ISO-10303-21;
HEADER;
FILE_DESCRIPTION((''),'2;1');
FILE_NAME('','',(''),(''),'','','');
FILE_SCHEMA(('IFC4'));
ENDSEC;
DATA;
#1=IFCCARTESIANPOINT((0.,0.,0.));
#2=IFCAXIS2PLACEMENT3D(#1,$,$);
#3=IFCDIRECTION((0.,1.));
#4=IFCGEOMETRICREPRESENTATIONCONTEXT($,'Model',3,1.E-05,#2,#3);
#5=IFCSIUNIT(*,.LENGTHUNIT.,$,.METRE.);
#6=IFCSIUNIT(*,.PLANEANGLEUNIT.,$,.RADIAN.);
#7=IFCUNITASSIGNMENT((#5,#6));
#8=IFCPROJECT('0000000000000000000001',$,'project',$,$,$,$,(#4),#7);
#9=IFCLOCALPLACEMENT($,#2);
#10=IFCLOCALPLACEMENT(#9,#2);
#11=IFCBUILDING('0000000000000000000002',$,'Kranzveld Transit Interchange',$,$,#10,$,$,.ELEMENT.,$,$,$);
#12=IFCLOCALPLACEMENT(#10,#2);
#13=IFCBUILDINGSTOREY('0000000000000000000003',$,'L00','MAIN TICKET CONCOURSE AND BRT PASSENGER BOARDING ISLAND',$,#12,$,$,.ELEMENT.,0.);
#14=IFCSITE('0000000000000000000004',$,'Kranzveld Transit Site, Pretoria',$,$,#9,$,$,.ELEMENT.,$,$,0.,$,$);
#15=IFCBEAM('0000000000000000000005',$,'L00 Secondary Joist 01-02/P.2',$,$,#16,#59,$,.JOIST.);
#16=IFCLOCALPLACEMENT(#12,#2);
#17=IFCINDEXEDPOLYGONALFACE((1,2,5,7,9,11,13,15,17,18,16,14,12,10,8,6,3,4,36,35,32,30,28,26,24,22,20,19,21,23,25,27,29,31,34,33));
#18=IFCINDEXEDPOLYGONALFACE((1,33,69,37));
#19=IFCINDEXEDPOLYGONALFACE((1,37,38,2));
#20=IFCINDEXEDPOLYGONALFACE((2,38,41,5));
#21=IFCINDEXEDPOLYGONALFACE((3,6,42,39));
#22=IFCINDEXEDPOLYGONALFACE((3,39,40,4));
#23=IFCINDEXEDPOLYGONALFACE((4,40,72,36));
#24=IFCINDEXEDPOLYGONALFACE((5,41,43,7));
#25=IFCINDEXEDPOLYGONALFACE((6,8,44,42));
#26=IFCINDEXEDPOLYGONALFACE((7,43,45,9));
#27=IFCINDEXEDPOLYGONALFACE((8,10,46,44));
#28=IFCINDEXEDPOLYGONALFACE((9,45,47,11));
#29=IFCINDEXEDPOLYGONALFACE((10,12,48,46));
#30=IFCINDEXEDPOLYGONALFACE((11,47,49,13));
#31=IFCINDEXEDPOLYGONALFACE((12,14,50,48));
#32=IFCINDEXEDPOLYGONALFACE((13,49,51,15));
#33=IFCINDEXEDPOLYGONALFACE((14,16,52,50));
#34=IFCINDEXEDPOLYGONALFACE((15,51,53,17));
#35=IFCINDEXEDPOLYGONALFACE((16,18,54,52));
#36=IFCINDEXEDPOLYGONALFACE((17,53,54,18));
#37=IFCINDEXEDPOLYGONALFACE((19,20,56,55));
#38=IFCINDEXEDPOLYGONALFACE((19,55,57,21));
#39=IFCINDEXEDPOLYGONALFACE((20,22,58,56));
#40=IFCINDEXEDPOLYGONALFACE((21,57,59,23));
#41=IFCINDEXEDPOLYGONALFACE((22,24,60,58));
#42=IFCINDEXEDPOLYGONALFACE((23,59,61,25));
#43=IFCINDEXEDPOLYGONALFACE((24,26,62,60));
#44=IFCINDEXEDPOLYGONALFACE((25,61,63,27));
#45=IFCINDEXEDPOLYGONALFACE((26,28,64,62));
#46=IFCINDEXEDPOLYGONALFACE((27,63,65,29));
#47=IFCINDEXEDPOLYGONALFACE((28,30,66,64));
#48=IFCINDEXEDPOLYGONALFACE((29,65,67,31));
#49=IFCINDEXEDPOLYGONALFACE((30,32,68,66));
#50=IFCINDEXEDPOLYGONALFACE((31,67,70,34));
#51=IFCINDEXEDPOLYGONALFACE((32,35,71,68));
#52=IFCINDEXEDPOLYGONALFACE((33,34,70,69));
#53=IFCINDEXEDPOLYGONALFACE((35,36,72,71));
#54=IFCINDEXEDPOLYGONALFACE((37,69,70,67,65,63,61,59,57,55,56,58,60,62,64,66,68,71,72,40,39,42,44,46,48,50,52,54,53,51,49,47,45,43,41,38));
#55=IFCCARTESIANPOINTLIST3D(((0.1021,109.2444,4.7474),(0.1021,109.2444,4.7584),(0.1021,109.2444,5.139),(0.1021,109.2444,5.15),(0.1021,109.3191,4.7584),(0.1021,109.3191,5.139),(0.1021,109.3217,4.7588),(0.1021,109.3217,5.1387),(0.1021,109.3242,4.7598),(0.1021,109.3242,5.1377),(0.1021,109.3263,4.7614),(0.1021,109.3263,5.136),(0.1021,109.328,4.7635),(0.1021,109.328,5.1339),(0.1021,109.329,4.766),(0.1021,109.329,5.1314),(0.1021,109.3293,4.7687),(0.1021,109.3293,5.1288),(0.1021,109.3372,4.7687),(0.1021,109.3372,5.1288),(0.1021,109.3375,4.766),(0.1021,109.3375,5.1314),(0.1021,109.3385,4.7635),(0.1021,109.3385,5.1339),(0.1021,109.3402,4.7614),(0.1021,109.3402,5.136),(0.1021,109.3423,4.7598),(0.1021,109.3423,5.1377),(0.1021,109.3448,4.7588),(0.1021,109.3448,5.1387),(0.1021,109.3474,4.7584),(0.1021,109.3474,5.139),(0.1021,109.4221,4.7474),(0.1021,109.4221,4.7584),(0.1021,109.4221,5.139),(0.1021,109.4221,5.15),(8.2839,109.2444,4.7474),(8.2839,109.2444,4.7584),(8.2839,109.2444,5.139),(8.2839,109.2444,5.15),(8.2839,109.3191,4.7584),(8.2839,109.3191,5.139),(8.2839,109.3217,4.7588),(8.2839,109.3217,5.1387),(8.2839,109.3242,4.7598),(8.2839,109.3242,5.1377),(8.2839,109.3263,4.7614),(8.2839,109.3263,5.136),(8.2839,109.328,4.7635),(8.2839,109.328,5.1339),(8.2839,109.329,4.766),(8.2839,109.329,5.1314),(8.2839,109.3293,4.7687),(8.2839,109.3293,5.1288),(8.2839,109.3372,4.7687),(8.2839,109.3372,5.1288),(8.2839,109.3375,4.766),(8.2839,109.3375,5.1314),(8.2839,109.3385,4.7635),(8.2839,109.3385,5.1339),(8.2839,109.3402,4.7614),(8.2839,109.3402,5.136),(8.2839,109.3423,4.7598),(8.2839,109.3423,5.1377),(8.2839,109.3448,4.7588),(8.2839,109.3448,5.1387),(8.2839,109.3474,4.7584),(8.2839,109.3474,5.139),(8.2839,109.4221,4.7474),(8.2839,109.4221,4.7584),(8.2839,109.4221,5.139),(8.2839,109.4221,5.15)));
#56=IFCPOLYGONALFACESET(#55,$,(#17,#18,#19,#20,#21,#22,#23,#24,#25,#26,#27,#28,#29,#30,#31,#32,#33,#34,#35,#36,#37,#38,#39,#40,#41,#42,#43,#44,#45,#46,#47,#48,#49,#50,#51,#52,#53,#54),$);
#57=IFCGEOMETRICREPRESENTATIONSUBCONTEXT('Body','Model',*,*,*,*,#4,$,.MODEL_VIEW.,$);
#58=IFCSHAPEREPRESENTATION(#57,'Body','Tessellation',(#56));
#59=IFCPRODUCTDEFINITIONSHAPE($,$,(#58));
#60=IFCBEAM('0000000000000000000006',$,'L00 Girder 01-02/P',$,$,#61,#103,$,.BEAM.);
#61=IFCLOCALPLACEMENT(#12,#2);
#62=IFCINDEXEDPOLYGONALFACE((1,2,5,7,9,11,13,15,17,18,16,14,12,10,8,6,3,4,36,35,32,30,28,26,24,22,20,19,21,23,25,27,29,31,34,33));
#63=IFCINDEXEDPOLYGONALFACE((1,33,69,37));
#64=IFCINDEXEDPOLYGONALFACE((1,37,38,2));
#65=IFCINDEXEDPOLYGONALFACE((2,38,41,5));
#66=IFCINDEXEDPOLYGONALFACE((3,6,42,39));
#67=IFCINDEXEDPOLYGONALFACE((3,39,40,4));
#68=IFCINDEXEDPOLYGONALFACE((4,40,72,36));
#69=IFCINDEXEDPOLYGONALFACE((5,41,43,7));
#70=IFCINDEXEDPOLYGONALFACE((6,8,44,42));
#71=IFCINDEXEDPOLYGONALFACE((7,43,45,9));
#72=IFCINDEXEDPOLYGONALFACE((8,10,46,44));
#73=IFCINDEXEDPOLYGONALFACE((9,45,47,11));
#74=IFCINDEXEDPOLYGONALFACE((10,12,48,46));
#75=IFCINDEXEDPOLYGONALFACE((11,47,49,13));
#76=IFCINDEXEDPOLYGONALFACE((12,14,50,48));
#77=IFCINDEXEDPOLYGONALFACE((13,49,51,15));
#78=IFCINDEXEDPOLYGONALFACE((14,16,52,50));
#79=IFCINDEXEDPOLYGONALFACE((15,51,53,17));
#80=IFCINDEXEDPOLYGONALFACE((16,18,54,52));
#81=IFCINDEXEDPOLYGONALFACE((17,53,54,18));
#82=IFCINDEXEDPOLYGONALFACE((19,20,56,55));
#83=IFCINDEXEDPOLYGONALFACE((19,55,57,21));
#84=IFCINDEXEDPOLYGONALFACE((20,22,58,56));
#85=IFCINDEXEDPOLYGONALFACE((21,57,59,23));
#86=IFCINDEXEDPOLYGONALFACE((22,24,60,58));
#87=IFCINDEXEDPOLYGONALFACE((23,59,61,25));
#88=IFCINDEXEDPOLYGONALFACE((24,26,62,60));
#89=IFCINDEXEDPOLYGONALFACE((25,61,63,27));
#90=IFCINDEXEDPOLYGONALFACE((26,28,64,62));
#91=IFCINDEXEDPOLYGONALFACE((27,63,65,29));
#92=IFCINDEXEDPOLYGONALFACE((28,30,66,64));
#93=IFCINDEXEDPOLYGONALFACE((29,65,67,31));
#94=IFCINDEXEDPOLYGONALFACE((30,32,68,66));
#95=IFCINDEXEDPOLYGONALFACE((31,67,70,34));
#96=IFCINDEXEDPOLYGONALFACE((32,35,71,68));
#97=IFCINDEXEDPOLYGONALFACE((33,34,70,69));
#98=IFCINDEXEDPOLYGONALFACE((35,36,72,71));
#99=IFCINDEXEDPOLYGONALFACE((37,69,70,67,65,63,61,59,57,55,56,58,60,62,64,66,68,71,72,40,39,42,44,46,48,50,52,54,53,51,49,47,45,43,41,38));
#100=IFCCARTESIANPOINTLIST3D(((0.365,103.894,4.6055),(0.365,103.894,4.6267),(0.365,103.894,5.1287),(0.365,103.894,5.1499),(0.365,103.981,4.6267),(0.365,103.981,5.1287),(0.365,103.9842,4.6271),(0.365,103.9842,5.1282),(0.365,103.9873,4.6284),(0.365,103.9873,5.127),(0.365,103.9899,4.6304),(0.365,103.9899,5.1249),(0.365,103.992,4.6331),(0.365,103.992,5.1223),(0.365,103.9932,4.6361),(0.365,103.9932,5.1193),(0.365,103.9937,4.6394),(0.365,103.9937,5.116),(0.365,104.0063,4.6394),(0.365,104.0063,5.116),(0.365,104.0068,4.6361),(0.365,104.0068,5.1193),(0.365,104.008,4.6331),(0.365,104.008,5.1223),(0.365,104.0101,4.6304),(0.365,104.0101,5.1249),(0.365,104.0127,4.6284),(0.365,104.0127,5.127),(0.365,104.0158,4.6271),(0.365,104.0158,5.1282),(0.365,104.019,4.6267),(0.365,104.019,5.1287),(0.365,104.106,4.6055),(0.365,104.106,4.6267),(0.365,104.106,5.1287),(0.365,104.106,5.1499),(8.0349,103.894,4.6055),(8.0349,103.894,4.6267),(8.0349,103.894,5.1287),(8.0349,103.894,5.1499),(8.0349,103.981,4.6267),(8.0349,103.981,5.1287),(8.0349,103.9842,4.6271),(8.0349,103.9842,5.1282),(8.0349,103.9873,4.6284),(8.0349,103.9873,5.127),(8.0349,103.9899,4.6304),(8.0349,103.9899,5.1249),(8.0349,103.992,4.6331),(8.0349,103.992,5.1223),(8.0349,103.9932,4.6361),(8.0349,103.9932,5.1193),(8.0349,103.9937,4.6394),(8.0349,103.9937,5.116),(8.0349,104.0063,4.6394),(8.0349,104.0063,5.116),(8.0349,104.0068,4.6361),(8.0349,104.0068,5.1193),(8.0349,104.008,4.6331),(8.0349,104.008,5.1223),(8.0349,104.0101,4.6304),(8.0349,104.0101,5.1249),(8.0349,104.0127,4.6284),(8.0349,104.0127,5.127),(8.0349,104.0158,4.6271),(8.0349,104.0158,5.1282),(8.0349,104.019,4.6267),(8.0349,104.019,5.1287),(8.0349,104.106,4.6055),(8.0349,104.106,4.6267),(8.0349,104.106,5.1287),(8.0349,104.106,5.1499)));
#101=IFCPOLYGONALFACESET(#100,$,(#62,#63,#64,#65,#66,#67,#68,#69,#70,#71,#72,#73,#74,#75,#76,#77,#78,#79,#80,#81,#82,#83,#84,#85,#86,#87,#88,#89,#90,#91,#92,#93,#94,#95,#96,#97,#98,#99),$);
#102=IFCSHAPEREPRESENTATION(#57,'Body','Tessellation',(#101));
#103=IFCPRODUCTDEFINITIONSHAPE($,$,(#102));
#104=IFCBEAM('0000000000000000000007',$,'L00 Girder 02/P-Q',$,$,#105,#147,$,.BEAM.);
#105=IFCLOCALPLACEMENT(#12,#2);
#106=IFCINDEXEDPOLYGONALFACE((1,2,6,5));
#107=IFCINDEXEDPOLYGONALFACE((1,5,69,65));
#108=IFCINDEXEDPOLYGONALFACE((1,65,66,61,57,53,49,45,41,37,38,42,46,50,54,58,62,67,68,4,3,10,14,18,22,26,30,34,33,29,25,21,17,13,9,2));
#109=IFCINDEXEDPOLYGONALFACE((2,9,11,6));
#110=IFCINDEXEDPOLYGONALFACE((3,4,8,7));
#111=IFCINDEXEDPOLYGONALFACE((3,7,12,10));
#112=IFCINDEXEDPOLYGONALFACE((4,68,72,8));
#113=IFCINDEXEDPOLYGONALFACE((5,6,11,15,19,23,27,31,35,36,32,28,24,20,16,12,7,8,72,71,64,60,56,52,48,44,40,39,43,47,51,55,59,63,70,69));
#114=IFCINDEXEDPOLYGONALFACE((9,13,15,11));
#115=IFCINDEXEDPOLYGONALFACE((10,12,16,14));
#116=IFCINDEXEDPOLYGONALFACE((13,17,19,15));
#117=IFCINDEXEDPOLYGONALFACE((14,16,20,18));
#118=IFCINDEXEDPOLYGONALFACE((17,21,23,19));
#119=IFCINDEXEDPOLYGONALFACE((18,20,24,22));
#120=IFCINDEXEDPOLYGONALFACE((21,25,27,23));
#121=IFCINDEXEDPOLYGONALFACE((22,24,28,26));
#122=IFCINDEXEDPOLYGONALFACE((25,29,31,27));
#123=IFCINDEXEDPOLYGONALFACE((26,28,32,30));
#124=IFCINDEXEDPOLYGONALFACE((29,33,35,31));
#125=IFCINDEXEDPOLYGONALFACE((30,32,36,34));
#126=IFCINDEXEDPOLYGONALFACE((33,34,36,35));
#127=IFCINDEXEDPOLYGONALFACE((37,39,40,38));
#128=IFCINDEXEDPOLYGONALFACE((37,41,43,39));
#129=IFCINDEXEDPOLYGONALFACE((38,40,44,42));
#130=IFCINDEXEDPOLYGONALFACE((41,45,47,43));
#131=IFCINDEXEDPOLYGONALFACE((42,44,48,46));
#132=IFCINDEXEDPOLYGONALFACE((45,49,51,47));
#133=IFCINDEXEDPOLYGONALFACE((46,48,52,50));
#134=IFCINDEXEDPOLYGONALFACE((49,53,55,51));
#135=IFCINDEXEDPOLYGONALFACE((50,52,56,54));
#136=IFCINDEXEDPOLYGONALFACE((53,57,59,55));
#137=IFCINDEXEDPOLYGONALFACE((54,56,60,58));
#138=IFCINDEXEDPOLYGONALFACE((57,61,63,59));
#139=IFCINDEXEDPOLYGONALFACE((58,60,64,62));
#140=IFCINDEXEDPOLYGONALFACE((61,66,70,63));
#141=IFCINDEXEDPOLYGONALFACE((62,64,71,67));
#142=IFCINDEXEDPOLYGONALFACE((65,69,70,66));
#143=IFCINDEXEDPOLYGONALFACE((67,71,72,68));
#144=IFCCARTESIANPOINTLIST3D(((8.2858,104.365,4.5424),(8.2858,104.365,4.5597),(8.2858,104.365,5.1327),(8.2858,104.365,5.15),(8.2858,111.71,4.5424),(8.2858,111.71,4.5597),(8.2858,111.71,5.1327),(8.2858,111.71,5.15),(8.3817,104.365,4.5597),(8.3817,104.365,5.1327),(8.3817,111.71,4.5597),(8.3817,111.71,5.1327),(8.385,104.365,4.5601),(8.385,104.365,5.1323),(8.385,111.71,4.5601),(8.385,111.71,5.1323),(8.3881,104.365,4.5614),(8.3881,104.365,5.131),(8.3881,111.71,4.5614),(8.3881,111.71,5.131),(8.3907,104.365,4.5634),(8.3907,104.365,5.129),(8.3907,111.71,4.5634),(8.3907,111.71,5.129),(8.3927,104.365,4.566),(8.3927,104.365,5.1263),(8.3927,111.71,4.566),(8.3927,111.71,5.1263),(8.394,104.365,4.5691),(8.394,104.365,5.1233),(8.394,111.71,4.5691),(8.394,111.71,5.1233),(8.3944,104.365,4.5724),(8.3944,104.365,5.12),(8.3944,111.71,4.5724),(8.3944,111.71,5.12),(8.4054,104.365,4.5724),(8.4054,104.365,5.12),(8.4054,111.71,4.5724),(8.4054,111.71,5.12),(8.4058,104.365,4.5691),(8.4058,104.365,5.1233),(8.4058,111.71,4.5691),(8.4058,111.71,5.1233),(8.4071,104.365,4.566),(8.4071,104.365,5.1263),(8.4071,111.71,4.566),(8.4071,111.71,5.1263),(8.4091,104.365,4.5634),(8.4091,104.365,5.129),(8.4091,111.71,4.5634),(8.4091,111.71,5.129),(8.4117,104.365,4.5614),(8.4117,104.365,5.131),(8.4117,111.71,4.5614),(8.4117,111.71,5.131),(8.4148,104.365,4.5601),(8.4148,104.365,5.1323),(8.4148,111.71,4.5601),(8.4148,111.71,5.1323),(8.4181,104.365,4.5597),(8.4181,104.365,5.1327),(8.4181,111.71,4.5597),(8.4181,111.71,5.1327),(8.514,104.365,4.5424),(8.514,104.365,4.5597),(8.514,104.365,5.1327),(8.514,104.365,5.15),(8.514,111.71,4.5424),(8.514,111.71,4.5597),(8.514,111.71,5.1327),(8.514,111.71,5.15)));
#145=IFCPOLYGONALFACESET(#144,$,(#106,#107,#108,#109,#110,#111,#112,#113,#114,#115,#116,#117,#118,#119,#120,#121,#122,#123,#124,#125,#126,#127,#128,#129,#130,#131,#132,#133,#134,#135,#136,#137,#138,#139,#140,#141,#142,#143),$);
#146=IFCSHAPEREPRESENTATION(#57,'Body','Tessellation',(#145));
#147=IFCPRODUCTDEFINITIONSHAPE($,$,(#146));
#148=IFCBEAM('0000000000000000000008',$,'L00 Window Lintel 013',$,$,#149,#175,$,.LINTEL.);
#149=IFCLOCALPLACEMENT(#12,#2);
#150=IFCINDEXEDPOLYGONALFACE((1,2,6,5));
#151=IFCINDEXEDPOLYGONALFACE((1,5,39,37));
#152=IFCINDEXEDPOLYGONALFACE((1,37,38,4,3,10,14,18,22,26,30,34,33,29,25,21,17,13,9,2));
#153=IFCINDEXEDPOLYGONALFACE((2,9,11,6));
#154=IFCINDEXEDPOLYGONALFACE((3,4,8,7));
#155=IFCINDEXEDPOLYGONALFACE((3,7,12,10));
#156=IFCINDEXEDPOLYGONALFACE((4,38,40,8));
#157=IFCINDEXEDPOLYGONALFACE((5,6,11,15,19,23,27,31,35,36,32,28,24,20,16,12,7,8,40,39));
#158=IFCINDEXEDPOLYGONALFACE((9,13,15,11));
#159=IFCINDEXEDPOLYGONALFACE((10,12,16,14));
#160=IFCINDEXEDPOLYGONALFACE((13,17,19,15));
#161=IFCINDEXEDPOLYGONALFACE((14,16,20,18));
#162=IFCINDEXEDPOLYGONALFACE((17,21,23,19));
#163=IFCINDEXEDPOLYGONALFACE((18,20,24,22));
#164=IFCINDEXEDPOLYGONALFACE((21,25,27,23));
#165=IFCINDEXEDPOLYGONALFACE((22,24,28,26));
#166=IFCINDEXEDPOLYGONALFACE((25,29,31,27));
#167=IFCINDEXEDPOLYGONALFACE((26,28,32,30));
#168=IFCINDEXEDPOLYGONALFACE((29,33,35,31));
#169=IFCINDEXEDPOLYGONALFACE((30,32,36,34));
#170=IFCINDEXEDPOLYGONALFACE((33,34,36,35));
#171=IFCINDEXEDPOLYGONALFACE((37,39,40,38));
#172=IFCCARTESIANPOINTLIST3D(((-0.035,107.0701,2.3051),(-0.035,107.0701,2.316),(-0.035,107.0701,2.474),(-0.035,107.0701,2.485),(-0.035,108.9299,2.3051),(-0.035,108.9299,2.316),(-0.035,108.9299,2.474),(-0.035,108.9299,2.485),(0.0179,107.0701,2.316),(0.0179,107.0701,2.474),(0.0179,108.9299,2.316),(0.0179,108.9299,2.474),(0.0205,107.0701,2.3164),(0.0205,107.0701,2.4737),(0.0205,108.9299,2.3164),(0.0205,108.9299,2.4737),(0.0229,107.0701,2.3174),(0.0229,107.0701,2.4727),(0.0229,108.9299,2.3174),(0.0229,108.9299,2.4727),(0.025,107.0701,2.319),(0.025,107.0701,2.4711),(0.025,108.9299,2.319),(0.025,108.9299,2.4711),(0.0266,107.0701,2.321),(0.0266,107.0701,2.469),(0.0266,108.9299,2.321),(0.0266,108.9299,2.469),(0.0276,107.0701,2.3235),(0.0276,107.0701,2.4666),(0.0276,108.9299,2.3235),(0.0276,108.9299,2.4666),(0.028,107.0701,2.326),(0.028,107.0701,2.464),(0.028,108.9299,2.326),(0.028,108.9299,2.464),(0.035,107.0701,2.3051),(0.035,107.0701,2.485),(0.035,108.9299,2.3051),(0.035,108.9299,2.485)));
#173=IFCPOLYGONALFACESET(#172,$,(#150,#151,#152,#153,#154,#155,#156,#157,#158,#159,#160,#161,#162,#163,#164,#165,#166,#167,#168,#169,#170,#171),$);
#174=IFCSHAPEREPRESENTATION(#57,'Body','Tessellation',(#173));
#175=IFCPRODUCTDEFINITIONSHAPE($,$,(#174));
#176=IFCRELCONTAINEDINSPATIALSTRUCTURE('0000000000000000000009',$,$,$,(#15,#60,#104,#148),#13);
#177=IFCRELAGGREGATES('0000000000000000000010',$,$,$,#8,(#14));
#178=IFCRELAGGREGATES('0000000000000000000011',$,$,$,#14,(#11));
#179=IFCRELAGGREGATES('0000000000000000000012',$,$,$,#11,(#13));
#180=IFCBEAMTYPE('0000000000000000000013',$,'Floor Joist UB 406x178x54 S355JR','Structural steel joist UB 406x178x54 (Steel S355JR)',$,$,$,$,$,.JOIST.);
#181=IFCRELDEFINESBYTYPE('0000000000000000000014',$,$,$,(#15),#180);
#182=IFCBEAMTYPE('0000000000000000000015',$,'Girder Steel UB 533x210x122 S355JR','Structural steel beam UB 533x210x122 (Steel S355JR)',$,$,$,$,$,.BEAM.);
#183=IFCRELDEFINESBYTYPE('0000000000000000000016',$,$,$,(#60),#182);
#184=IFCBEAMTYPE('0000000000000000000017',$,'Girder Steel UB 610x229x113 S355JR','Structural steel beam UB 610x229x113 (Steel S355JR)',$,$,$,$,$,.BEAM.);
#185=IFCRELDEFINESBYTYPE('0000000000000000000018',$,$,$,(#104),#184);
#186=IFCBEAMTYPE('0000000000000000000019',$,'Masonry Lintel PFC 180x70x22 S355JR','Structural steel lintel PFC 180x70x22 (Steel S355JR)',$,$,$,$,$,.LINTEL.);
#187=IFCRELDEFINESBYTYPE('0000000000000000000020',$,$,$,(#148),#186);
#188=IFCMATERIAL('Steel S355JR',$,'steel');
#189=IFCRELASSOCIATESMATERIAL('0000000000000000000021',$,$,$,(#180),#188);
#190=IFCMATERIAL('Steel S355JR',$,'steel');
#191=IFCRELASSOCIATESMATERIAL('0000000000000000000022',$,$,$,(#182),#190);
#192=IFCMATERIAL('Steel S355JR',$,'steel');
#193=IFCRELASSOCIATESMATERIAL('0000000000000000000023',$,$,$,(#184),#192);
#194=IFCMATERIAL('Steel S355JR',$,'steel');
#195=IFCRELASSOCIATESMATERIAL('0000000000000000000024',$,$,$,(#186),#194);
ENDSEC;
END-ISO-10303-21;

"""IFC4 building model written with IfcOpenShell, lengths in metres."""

from ifc_helpers import new_model, si_unit, direction, frame, origin, origin_2d, place, context, subcontext, project, spatial, i_section, u_section, extrude, material, material_profile, profile_set, type_object, element, save


model = new_model("IFC4")

# Units and contexts
model_context = context("Model", 3, precision=1e-05, world=origin(), true_north=direction((0.0, 1.0)))
body_context = subcontext(model_context, "Body", "Model", "MODEL_VIEW")
ifc_project = project(units=[si_unit("LENGTHUNIT", "METRE"), si_unit("PLANEANGLEUNIT", "RADIAN")], contexts=[model_context])

# Site, building, storey
site_placement = place(None, origin())
site = spatial("IfcSite", under=ifc_project, at=site_placement, Name="Kranzveld Transit Site, Pretoria", CompositionType="ELEMENT", RefElevation=0.0)
building_placement = place(site_placement, origin())
building = spatial("IfcBuilding", under=site, at=building_placement, Name="Kranzveld Transit Interchange", CompositionType="ELEMENT")
storey_placement = place(building_placement, origin())
storey = spatial("IfcBuildingStorey", under=building, at=storey_placement, Name="L00", Description="MAIN TICKET CONCOURSE AND BRT PASSENGER BOARDING ISLAND", CompositionType="ELEMENT", Elevation=0.0)

# Beams
ifc_material_1 = material(Name="Steel S355JR", Category="steel")
ifc_material_profile_1 = material_profile(ifc_material_1, i_section(OverallWidth=0.1777, OverallDepth=0.4026, WebThickness=0.0078, FlangeThickness=0.011, FilletRadius=0.0103, at=origin_2d()), Name="UB 406x178x54")
ifc_profile_set_1 = profile_set([ifc_material_profile_1], Name="Steel S355JR")
beam_type_1 = type_object("IfcBeamType", Name="Floor Joist UB 406x178x54 S355JR", Description="Structural steel joist UB 406x178x54 (Steel S355JR)", PredefinedType="JOIST", material=ifc_profile_set_1)
for number, where, z_axis, x_axis, name in (
    (1, (0.1021, 109.3333, 4.9487), (1.0, 0.0, 0.0), (0.0, 1.0, 0.0), "L00 Secondary Joist 01-02/P.2"),
):
    element("IfcBeam", number, at=place(storey_placement, frame(where, z_axis=z_axis, x_axis=x_axis)), inside=storey, type_object=beam_type_1, Name=name, PredefinedType="JOIST", context=body_context, shape_type="SweptSolid", body=[
        extrude(i_section(OverallWidth=0.1777, OverallDepth=0.4026, WebThickness=0.0078, FlangeThickness=0.011, FilletRadius=0.0103, at=origin_2d()), origin(), (0.0, 0.0, 1.0), 8.1819),
    ])
ifc_material_2 = material(Name="Steel S355JR", Category="steel")
ifc_material_profile_2 = material_profile(ifc_material_2, i_section(OverallWidth=0.2119, OverallDepth=0.5444, WebThickness=0.0127, FlangeThickness=0.0212, FilletRadius=0.0127, at=origin_2d()), Name="UB 533x210x122")
ifc_profile_set_2 = profile_set([ifc_material_profile_2], Name="Steel S355JR")
beam_type_2 = type_object("IfcBeamType", Name="Girder Steel UB 533x210x122 S355JR", Description="Structural steel beam UB 533x210x122 (Steel S355JR)", PredefinedType="BEAM", material=ifc_profile_set_2)
beam_1_placement = place(storey_placement, frame((0.365, 104.0, 4.8777), z_axis=(1.0, 0.0, 0.0), x_axis=(0.0, 1.0, 0.0)))
element("IfcBeam", 2, at=beam_1_placement, inside=storey, type_object=beam_type_2, Name="L00 Girder 01-02/P", PredefinedType="BEAM", context=body_context, shape_type="SweptSolid", body=[
    extrude(i_section(OverallWidth=0.2119, OverallDepth=0.5444, WebThickness=0.0127, FlangeThickness=0.0212, FilletRadius=0.0127, at=origin_2d()), origin(), (0.0, 0.0, 1.0), 7.6699),
])
ifc_material_3 = material(Name="Steel S355JR", Category="steel")
ifc_material_profile_3 = material_profile(ifc_material_3, i_section(OverallWidth=0.2283, OverallDepth=0.6077, WebThickness=0.011, FlangeThickness=0.0173, FilletRadius=0.0127, at=origin_2d()), Name="UB 610x229x113")
ifc_profile_set_3 = profile_set([ifc_material_profile_3], Name="Steel S355JR")
beam_type_3 = type_object("IfcBeamType", Name="Girder Steel UB 610x229x113 S355JR", Description="Structural steel beam UB 610x229x113 (Steel S355JR)", PredefinedType="BEAM", material=ifc_profile_set_3)
beam_2_placement = place(storey_placement, frame((8.3999, 104.365, 4.8462), z_axis=(0.0, 1.0, 0.0), x_axis=(-1.0, 0.0, 0.0)))
element("IfcBeam", 3, at=beam_2_placement, inside=storey, type_object=beam_type_3, Name="L00 Girder 02/P-Q", PredefinedType="BEAM", context=body_context, shape_type="SweptSolid", body=[
    extrude(i_section(OverallWidth=0.2283, OverallDepth=0.6077, WebThickness=0.011, FlangeThickness=0.0173, FilletRadius=0.0127, at=origin_2d()), origin(), (0.0, 0.0, 1.0), 7.345),
])
ifc_material_4 = material(Name="Steel S355JR", Category="steel")
ifc_material_profile_4 = material_profile(ifc_material_4, u_section(Depth=0.1799, FlangeWidth=0.0701, WebThickness=0.0071, FlangeThickness=0.011, FilletRadius=0.01, at=origin_2d()), Name="PFC 180x70x22")
ifc_profile_set_4 = profile_set([ifc_material_profile_4], Name="Steel S355JR")
beam_type_4 = type_object("IfcBeamType", Name="Masonry Lintel PFC 180x70x22 S355JR", Description="Structural steel lintel PFC 180x70x22 (Steel S355JR)", PredefinedType="LINTEL", material=ifc_profile_set_4)
beam_3_placement = place(storey_placement, frame((0.0, 107.0701, 2.395), z_axis=(0.0, 1.0, 0.0), x_axis=(-1.0, 0.0, 0.0)))
element("IfcBeam", 4, at=beam_3_placement, inside=storey, type_object=beam_type_4, Name="L00 Window Lintel 013", PredefinedType="LINTEL", context=body_context, shape_type="SweptSolid", body=[
    extrude(u_section(Depth=0.1799, FlangeWidth=0.0701, WebThickness=0.0071, FlangeThickness=0.011, FilletRadius=0.01, at=origin_2d()), origin(), (0.0, 0.0, 1.0), 1.8599),
])

save(model, "model.ifc")
